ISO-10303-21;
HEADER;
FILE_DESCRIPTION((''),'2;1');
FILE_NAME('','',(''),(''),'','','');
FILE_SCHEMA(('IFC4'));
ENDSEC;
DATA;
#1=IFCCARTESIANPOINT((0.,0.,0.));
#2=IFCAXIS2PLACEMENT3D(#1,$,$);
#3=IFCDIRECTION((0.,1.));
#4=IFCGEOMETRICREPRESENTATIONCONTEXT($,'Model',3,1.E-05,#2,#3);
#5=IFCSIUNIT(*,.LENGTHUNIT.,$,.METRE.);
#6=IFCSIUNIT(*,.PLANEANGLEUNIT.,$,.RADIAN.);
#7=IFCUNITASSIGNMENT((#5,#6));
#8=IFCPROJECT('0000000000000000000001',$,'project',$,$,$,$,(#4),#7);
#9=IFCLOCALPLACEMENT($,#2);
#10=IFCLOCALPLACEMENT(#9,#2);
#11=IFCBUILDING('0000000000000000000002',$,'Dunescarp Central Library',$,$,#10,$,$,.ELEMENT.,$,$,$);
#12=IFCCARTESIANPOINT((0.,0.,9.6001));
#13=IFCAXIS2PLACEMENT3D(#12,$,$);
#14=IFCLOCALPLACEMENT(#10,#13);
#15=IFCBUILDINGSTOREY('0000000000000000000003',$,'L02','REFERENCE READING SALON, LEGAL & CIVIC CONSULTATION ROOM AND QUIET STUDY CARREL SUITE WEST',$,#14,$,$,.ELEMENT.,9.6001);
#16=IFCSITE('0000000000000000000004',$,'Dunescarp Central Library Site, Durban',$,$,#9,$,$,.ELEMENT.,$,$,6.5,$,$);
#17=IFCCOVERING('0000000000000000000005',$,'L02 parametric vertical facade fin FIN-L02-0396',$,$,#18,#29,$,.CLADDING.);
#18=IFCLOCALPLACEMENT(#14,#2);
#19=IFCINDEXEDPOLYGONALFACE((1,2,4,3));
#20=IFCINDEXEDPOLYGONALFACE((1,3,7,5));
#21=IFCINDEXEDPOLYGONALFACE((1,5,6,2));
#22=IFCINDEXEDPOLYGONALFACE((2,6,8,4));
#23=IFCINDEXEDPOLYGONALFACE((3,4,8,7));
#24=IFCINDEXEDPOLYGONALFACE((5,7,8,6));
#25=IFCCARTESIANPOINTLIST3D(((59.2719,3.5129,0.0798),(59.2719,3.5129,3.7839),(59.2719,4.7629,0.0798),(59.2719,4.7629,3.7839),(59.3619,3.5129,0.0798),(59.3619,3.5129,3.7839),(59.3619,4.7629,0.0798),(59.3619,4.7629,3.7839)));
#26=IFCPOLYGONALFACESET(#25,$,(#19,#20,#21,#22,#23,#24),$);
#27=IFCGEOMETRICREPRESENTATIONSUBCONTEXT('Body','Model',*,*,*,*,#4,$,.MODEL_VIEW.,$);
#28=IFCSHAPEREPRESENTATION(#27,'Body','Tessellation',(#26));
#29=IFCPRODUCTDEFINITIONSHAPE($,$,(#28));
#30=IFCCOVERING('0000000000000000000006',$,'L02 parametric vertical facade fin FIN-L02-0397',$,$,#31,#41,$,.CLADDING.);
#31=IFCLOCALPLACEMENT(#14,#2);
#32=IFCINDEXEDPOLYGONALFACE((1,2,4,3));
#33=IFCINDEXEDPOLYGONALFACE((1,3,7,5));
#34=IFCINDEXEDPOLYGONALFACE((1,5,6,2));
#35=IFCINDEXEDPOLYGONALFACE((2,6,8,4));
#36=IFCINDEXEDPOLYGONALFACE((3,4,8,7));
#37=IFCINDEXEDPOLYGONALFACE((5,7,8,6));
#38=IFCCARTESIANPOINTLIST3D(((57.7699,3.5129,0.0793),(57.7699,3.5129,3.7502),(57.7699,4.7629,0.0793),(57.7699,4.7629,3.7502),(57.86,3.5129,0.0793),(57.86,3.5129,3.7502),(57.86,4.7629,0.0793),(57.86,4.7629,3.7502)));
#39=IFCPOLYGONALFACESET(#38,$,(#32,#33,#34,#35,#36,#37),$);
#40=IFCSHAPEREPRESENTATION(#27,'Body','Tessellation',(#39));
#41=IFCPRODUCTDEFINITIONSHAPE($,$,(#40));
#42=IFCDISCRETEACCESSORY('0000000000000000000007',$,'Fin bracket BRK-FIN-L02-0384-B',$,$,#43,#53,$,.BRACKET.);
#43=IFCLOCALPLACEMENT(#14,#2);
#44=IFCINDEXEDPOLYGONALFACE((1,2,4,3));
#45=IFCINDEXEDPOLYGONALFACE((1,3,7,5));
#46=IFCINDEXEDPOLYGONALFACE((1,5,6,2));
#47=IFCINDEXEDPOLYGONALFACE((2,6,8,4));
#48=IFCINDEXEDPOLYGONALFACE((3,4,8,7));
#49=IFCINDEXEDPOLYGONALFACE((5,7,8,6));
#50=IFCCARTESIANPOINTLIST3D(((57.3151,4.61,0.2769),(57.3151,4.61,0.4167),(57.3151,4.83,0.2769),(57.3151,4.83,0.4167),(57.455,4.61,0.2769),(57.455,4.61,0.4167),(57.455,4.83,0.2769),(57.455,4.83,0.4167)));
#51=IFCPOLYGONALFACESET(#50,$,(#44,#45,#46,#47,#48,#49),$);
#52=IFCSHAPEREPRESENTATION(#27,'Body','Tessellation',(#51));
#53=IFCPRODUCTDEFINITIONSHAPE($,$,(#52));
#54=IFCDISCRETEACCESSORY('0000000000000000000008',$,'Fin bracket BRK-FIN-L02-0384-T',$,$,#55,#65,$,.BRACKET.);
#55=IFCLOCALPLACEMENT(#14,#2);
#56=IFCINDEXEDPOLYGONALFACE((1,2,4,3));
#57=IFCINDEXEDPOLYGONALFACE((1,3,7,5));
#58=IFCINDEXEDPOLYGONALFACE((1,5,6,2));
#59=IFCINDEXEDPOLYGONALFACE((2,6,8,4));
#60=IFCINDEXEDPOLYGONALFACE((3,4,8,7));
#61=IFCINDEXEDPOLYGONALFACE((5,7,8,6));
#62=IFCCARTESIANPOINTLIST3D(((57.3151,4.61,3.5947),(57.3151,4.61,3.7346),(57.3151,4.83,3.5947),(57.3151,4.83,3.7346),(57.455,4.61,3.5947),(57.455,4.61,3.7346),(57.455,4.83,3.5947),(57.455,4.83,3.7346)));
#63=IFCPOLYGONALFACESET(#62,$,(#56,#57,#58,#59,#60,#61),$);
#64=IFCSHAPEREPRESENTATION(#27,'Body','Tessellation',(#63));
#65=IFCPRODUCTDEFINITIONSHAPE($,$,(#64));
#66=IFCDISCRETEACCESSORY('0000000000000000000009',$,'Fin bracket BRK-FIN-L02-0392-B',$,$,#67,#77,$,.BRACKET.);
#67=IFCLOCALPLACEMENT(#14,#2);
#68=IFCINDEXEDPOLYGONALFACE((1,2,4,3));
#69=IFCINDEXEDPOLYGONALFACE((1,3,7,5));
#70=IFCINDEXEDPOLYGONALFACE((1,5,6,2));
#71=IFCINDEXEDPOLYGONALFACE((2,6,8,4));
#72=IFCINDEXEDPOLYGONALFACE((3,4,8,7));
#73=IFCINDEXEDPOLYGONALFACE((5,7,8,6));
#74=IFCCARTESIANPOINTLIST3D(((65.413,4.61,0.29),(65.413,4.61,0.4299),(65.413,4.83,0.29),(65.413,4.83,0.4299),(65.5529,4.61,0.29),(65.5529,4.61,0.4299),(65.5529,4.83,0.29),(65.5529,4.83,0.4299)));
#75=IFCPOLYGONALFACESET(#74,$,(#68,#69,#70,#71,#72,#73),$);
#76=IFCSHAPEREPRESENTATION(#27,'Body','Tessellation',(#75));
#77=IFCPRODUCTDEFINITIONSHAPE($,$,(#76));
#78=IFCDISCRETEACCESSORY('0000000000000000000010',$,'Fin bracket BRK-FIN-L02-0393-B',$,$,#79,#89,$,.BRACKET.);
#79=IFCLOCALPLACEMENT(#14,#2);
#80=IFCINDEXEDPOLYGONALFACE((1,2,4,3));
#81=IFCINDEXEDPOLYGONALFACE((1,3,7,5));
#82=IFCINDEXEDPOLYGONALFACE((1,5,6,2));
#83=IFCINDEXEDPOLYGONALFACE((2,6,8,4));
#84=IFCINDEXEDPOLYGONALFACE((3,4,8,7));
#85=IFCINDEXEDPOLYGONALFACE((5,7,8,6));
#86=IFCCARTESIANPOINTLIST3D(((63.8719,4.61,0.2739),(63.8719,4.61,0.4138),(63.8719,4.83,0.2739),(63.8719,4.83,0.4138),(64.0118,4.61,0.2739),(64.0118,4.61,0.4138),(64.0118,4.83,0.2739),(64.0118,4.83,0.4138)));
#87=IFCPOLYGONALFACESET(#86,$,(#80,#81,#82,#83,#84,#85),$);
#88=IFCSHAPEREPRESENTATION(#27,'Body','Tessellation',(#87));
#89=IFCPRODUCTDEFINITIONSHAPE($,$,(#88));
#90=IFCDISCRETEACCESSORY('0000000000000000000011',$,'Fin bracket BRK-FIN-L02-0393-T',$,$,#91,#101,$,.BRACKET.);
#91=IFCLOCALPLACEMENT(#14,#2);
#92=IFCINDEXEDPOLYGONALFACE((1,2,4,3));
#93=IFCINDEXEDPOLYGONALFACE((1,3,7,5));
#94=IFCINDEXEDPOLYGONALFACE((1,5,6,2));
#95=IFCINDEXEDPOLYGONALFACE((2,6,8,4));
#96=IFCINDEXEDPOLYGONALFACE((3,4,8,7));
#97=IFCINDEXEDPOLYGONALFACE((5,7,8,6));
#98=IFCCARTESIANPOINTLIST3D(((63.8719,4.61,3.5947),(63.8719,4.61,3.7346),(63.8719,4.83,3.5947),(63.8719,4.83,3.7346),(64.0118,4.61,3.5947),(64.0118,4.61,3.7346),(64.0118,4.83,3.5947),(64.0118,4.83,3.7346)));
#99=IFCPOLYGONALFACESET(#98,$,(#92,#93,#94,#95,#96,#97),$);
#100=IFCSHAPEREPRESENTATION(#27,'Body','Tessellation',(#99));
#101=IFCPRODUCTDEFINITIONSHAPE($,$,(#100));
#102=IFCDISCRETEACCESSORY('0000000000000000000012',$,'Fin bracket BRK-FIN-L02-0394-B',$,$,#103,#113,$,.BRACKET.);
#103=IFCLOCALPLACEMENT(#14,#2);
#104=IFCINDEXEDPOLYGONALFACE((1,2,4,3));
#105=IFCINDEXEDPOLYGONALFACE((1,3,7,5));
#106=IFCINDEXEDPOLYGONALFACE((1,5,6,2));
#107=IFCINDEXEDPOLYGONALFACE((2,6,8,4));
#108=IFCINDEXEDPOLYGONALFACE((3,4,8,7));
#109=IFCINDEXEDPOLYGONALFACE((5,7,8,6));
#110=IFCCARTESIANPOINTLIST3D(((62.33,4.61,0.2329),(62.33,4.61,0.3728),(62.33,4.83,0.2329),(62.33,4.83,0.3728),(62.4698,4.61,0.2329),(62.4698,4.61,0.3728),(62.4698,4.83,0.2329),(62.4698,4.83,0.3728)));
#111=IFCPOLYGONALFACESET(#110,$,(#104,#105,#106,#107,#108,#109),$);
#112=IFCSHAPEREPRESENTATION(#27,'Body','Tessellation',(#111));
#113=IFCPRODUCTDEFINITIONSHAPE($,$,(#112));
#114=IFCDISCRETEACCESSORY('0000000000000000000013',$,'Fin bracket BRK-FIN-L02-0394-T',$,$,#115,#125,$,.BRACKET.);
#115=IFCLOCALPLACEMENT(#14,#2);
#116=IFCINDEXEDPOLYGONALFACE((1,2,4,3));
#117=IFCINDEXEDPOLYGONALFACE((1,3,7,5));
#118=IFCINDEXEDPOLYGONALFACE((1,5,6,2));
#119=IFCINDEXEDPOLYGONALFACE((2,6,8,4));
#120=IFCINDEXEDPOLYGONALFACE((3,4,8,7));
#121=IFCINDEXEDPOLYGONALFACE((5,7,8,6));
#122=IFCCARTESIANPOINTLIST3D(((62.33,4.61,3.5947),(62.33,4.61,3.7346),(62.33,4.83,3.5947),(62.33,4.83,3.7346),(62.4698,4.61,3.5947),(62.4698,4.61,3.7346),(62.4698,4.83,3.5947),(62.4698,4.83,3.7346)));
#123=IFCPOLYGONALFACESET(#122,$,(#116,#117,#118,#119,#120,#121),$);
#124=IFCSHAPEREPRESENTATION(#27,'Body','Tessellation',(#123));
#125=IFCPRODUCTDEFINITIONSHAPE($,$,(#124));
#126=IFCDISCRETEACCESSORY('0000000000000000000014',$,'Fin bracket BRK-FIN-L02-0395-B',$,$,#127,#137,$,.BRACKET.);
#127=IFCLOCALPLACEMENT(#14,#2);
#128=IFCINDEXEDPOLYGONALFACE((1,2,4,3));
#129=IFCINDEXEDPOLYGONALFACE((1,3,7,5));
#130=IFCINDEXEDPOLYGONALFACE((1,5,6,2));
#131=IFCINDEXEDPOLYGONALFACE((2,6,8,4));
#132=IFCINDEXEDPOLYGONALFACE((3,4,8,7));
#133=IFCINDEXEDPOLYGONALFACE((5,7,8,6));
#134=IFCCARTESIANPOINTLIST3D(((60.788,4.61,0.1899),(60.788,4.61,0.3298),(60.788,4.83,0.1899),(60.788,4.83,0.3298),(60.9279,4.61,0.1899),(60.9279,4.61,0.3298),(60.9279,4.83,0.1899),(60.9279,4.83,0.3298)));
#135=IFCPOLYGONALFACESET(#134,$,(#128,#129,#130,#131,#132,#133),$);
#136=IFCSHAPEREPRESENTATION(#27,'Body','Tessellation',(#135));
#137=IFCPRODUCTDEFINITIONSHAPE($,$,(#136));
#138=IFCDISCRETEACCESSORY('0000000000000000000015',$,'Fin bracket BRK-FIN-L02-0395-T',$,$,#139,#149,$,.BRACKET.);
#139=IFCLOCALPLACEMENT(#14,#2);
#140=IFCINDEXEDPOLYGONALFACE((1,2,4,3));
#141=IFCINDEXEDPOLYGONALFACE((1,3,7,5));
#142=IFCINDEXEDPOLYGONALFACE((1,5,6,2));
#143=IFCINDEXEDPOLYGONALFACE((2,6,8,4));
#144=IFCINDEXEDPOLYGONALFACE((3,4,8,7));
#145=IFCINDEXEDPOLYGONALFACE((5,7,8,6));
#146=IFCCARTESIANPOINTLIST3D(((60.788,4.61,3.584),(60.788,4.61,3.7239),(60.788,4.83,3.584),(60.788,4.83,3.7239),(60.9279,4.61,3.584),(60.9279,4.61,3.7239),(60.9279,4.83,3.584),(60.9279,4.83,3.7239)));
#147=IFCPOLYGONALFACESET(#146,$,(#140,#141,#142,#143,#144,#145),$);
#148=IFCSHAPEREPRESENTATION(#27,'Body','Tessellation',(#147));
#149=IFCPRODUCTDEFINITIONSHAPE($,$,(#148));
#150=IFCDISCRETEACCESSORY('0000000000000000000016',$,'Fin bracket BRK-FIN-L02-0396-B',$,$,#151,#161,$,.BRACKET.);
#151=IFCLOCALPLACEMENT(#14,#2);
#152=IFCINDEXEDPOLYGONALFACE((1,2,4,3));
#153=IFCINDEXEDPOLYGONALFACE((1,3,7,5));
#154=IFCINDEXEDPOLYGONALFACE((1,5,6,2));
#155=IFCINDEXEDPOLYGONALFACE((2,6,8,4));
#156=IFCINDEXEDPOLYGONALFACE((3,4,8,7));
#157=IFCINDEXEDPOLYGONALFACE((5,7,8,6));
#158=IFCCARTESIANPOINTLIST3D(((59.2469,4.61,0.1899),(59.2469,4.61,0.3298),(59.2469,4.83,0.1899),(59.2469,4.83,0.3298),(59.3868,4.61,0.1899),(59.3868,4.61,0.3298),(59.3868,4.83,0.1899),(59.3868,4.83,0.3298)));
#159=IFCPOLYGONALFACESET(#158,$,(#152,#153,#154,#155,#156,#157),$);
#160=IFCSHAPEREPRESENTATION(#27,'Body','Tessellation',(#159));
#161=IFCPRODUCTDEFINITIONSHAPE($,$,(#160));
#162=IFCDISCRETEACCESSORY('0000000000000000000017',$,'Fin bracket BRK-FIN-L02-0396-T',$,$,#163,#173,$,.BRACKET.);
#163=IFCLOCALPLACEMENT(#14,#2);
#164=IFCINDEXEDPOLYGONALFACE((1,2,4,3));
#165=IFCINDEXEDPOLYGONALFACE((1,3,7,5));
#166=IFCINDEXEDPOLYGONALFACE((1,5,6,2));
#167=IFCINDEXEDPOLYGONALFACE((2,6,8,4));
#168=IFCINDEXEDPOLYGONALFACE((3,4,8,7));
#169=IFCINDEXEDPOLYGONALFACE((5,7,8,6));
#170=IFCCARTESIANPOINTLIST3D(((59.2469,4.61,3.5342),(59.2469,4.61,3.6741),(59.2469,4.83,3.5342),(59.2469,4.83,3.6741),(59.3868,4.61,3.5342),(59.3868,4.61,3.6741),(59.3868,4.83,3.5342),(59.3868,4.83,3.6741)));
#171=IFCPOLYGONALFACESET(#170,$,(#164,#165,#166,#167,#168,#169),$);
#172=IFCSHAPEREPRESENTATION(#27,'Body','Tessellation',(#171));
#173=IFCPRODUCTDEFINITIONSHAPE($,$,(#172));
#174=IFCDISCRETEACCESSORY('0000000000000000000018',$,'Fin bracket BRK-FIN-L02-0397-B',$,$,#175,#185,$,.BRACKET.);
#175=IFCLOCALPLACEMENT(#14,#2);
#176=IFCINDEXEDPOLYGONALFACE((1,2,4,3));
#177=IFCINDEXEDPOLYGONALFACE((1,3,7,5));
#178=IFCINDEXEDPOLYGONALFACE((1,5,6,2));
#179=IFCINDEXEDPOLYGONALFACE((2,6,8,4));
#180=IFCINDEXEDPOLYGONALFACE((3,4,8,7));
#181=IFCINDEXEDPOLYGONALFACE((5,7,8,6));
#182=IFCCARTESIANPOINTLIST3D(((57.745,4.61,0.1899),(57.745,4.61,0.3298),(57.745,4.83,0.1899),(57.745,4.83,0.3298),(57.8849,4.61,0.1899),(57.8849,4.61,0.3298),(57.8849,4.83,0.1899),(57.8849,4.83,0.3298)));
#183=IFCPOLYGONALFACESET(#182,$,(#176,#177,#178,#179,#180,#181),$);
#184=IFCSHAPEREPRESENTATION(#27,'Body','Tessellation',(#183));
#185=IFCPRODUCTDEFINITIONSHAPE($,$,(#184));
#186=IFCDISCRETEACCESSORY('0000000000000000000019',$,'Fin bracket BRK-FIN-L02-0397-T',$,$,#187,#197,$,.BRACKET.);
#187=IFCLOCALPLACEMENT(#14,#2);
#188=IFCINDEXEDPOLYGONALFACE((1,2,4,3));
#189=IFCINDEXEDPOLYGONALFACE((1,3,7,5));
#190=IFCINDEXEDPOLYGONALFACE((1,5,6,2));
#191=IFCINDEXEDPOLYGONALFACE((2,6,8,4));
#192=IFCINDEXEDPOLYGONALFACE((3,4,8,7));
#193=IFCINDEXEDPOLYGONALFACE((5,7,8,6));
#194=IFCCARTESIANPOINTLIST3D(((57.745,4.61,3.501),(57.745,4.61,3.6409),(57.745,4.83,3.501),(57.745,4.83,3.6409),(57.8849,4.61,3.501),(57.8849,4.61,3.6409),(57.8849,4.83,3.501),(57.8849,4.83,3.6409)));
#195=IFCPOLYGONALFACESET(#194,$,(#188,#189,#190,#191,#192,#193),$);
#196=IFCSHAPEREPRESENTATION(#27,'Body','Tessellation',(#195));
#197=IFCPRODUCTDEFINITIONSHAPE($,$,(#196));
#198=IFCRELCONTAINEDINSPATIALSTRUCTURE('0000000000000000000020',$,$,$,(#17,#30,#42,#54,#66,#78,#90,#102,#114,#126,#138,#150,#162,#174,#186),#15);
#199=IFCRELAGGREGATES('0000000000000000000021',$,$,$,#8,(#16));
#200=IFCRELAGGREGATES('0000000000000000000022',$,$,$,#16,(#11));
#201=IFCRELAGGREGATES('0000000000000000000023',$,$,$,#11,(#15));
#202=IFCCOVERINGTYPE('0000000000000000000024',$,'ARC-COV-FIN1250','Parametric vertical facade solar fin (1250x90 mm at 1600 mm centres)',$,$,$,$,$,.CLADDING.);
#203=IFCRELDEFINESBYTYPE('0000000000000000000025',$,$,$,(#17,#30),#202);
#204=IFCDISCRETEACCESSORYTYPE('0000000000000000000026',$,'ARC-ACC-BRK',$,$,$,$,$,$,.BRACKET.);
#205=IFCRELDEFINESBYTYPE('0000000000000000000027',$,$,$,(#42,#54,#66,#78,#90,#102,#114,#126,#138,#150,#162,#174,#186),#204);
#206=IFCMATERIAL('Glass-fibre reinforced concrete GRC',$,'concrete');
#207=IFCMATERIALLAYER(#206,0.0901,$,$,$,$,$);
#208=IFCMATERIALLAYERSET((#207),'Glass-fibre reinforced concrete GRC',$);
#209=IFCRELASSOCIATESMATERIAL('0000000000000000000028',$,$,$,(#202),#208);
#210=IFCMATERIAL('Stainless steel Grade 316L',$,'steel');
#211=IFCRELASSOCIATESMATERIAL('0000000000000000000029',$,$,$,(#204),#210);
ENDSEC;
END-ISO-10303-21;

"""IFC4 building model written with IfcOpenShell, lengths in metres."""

from ifc_helpers import new_model, si_unit, direction, frame, origin, origin_2d, place, context, subcontext, project, spatial, rectangle, extrude, material, layer, layer_set, type_object, element, save


model = new_model("IFC4")

# Units and contexts
model_context = context("Model", 3, precision=1e-05, world=origin(), true_north=direction((0.0, 1.0)))
body_context = subcontext(model_context, "Body", "Model", "MODEL_VIEW")
ifc_project = project(units=[si_unit("LENGTHUNIT", "METRE"), si_unit("PLANEANGLEUNIT", "RADIAN")], contexts=[model_context])

# Site, building, storey
site_placement = place(None, origin())
site = spatial("IfcSite", under=ifc_project, at=site_placement, Name="Dunescarp Central Library Site, Durban", CompositionType="ELEMENT", RefElevation=6.5)
building_placement = place(site_placement, origin())
building = spatial("IfcBuilding", under=site, at=building_placement, Name="Dunescarp Central Library", CompositionType="ELEMENT")
storey_placement = place(building_placement, frame((0.0, 0.0, 9.6001)))
storey = spatial("IfcBuildingStorey", under=building, at=storey_placement, Name="L02", Description="REFERENCE READING SALON, LEGAL & CIVIC CONSULTATION ROOM AND QUIET STUDY CARREL SUITE WEST", CompositionType="ELEMENT", Elevation=9.6001)

# Coverings
ifc_material_1 = material(Name="Glass-fibre reinforced concrete GRC", Category="concrete")
ifc_layer = layer(ifc_material_1, 0.0901)
ifc_layer_set = layer_set([ifc_layer], Name="Glass-fibre reinforced concrete GRC")
covering_type = type_object("IfcCoveringType", Name="ARC-COV-FIN1250", Description="Parametric vertical facade solar fin (1250x90 mm at 1600 mm centres)", PredefinedType="CLADDING", material=ifc_layer_set)
covering_1_placement = place(storey_placement, frame((59.3169, 4.1379, 0.0798), z_axis=(0.0, 0.0, 1.0), x_axis=(0.0, -1.0, 0.0)))
element("IfcCovering", 1, at=covering_1_placement, inside=storey, type_object=covering_type, Name="L02 parametric vertical facade fin FIN-L02-0396", PredefinedType="CLADDING", context=body_context, shape_type="SweptSolid", body=[
    extrude(rectangle(XDim=1.25, YDim=0.0901, at=origin_2d()), origin(), (0.0, 0.0, 1.0), 3.7041),
])
covering_2_placement = place(storey_placement, frame((57.8149, 4.1379, 0.0793), z_axis=(0.0, 0.0, 1.0), x_axis=(0.0, -1.0, 0.0)))
element("IfcCovering", 2, at=covering_2_placement, inside=storey, type_object=covering_type, Name="L02 parametric vertical facade fin FIN-L02-0397", PredefinedType="CLADDING", context=body_context, shape_type="SweptSolid", body=[
    extrude(rectangle(XDim=1.25, YDim=0.0901, at=origin_2d()), origin(), (0.0, 0.0, 1.0), 3.6709),
])

# Discrete accessories
ifc_material_2 = material(Name="Stainless steel Grade 316L", Category="steel")
discrete_accessory_type = type_object("IfcDiscreteAccessoryType", Name="ARC-ACC-BRK", PredefinedType="BRACKET", material=ifc_material_2)
for number, where, z_axis, x_axis, name in (
    (3, (57.385, 4.72, 0.2769), (0.0, 0.0, 1.0), (0.0, -1.0, 0.0), "Fin bracket BRK-FIN-L02-0384-B"),
    (4, (57.385, 4.72, 3.5947), (0.0, 0.0, 1.0), (0.0, -1.0, 0.0), "Fin bracket BRK-FIN-L02-0384-T"),
    (5, (65.4829, 4.72, 0.29), (0.0, 0.0, 1.0), (0.0, -1.0, 0.0), "Fin bracket BRK-FIN-L02-0392-B"),
    (6, (63.9419, 4.72, 0.2739), (0.0, 0.0, 1.0), (0.0, -1.0, 0.0), "Fin bracket BRK-FIN-L02-0393-B"),
    (7, (63.9419, 4.72, 3.5947), (0.0, 0.0, 1.0), (0.0, -1.0, 0.0), "Fin bracket BRK-FIN-L02-0393-T"),
    (8, (62.3999, 4.72, 0.2329), (0.0, 0.0, 1.0), (0.0, -1.0, 0.0), "Fin bracket BRK-FIN-L02-0394-B"),
    (9, (62.3999, 4.72, 3.5947), (0.0, 0.0, 1.0), (0.0, -1.0, 0.0), "Fin bracket BRK-FIN-L02-0394-T"),
    (10, (60.8579, 4.72, 0.1899), (0.0, 0.0, 1.0), (0.0, -1.0, 0.0), "Fin bracket BRK-FIN-L02-0395-B"),
    (11, (60.8579, 4.72, 3.584), (0.0, 0.0, 1.0), (0.0, -1.0, 0.0), "Fin bracket BRK-FIN-L02-0395-T"),
    (12, (59.3169, 4.72, 0.1899), (0.0, 0.0, 1.0), (0.0, -1.0, 0.0), "Fin bracket BRK-FIN-L02-0396-B"),
    (13, (59.3169, 4.72, 3.5342), (0.0, 0.0, 1.0), (0.0, -1.0, 0.0), "Fin bracket BRK-FIN-L02-0396-T"),
    (14, (57.8149, 4.72, 0.1899), (0.0, 0.0, 1.0), (0.0, -1.0, 0.0), "Fin bracket BRK-FIN-L02-0397-B"),
    (15, (57.8149, 4.72, 3.501), (0.0, 0.0, 1.0), (0.0, -1.0, 0.0), "Fin bracket BRK-FIN-L02-0397-T"),
):
    element("IfcDiscreteAccessory", number, at=place(storey_placement, frame(where, z_axis=z_axis, x_axis=x_axis)), inside=storey, type_object=discrete_accessory_type, Name=name, PredefinedType="BRACKET", context=body_context, shape_type="SweptSolid", body=[
        extrude(rectangle(XDim=0.22, YDim=0.1399, at=origin_2d()), origin(), (0.0, 0.0, 1.0), 0.1399),
    ])

save(model, "model.ifc")
